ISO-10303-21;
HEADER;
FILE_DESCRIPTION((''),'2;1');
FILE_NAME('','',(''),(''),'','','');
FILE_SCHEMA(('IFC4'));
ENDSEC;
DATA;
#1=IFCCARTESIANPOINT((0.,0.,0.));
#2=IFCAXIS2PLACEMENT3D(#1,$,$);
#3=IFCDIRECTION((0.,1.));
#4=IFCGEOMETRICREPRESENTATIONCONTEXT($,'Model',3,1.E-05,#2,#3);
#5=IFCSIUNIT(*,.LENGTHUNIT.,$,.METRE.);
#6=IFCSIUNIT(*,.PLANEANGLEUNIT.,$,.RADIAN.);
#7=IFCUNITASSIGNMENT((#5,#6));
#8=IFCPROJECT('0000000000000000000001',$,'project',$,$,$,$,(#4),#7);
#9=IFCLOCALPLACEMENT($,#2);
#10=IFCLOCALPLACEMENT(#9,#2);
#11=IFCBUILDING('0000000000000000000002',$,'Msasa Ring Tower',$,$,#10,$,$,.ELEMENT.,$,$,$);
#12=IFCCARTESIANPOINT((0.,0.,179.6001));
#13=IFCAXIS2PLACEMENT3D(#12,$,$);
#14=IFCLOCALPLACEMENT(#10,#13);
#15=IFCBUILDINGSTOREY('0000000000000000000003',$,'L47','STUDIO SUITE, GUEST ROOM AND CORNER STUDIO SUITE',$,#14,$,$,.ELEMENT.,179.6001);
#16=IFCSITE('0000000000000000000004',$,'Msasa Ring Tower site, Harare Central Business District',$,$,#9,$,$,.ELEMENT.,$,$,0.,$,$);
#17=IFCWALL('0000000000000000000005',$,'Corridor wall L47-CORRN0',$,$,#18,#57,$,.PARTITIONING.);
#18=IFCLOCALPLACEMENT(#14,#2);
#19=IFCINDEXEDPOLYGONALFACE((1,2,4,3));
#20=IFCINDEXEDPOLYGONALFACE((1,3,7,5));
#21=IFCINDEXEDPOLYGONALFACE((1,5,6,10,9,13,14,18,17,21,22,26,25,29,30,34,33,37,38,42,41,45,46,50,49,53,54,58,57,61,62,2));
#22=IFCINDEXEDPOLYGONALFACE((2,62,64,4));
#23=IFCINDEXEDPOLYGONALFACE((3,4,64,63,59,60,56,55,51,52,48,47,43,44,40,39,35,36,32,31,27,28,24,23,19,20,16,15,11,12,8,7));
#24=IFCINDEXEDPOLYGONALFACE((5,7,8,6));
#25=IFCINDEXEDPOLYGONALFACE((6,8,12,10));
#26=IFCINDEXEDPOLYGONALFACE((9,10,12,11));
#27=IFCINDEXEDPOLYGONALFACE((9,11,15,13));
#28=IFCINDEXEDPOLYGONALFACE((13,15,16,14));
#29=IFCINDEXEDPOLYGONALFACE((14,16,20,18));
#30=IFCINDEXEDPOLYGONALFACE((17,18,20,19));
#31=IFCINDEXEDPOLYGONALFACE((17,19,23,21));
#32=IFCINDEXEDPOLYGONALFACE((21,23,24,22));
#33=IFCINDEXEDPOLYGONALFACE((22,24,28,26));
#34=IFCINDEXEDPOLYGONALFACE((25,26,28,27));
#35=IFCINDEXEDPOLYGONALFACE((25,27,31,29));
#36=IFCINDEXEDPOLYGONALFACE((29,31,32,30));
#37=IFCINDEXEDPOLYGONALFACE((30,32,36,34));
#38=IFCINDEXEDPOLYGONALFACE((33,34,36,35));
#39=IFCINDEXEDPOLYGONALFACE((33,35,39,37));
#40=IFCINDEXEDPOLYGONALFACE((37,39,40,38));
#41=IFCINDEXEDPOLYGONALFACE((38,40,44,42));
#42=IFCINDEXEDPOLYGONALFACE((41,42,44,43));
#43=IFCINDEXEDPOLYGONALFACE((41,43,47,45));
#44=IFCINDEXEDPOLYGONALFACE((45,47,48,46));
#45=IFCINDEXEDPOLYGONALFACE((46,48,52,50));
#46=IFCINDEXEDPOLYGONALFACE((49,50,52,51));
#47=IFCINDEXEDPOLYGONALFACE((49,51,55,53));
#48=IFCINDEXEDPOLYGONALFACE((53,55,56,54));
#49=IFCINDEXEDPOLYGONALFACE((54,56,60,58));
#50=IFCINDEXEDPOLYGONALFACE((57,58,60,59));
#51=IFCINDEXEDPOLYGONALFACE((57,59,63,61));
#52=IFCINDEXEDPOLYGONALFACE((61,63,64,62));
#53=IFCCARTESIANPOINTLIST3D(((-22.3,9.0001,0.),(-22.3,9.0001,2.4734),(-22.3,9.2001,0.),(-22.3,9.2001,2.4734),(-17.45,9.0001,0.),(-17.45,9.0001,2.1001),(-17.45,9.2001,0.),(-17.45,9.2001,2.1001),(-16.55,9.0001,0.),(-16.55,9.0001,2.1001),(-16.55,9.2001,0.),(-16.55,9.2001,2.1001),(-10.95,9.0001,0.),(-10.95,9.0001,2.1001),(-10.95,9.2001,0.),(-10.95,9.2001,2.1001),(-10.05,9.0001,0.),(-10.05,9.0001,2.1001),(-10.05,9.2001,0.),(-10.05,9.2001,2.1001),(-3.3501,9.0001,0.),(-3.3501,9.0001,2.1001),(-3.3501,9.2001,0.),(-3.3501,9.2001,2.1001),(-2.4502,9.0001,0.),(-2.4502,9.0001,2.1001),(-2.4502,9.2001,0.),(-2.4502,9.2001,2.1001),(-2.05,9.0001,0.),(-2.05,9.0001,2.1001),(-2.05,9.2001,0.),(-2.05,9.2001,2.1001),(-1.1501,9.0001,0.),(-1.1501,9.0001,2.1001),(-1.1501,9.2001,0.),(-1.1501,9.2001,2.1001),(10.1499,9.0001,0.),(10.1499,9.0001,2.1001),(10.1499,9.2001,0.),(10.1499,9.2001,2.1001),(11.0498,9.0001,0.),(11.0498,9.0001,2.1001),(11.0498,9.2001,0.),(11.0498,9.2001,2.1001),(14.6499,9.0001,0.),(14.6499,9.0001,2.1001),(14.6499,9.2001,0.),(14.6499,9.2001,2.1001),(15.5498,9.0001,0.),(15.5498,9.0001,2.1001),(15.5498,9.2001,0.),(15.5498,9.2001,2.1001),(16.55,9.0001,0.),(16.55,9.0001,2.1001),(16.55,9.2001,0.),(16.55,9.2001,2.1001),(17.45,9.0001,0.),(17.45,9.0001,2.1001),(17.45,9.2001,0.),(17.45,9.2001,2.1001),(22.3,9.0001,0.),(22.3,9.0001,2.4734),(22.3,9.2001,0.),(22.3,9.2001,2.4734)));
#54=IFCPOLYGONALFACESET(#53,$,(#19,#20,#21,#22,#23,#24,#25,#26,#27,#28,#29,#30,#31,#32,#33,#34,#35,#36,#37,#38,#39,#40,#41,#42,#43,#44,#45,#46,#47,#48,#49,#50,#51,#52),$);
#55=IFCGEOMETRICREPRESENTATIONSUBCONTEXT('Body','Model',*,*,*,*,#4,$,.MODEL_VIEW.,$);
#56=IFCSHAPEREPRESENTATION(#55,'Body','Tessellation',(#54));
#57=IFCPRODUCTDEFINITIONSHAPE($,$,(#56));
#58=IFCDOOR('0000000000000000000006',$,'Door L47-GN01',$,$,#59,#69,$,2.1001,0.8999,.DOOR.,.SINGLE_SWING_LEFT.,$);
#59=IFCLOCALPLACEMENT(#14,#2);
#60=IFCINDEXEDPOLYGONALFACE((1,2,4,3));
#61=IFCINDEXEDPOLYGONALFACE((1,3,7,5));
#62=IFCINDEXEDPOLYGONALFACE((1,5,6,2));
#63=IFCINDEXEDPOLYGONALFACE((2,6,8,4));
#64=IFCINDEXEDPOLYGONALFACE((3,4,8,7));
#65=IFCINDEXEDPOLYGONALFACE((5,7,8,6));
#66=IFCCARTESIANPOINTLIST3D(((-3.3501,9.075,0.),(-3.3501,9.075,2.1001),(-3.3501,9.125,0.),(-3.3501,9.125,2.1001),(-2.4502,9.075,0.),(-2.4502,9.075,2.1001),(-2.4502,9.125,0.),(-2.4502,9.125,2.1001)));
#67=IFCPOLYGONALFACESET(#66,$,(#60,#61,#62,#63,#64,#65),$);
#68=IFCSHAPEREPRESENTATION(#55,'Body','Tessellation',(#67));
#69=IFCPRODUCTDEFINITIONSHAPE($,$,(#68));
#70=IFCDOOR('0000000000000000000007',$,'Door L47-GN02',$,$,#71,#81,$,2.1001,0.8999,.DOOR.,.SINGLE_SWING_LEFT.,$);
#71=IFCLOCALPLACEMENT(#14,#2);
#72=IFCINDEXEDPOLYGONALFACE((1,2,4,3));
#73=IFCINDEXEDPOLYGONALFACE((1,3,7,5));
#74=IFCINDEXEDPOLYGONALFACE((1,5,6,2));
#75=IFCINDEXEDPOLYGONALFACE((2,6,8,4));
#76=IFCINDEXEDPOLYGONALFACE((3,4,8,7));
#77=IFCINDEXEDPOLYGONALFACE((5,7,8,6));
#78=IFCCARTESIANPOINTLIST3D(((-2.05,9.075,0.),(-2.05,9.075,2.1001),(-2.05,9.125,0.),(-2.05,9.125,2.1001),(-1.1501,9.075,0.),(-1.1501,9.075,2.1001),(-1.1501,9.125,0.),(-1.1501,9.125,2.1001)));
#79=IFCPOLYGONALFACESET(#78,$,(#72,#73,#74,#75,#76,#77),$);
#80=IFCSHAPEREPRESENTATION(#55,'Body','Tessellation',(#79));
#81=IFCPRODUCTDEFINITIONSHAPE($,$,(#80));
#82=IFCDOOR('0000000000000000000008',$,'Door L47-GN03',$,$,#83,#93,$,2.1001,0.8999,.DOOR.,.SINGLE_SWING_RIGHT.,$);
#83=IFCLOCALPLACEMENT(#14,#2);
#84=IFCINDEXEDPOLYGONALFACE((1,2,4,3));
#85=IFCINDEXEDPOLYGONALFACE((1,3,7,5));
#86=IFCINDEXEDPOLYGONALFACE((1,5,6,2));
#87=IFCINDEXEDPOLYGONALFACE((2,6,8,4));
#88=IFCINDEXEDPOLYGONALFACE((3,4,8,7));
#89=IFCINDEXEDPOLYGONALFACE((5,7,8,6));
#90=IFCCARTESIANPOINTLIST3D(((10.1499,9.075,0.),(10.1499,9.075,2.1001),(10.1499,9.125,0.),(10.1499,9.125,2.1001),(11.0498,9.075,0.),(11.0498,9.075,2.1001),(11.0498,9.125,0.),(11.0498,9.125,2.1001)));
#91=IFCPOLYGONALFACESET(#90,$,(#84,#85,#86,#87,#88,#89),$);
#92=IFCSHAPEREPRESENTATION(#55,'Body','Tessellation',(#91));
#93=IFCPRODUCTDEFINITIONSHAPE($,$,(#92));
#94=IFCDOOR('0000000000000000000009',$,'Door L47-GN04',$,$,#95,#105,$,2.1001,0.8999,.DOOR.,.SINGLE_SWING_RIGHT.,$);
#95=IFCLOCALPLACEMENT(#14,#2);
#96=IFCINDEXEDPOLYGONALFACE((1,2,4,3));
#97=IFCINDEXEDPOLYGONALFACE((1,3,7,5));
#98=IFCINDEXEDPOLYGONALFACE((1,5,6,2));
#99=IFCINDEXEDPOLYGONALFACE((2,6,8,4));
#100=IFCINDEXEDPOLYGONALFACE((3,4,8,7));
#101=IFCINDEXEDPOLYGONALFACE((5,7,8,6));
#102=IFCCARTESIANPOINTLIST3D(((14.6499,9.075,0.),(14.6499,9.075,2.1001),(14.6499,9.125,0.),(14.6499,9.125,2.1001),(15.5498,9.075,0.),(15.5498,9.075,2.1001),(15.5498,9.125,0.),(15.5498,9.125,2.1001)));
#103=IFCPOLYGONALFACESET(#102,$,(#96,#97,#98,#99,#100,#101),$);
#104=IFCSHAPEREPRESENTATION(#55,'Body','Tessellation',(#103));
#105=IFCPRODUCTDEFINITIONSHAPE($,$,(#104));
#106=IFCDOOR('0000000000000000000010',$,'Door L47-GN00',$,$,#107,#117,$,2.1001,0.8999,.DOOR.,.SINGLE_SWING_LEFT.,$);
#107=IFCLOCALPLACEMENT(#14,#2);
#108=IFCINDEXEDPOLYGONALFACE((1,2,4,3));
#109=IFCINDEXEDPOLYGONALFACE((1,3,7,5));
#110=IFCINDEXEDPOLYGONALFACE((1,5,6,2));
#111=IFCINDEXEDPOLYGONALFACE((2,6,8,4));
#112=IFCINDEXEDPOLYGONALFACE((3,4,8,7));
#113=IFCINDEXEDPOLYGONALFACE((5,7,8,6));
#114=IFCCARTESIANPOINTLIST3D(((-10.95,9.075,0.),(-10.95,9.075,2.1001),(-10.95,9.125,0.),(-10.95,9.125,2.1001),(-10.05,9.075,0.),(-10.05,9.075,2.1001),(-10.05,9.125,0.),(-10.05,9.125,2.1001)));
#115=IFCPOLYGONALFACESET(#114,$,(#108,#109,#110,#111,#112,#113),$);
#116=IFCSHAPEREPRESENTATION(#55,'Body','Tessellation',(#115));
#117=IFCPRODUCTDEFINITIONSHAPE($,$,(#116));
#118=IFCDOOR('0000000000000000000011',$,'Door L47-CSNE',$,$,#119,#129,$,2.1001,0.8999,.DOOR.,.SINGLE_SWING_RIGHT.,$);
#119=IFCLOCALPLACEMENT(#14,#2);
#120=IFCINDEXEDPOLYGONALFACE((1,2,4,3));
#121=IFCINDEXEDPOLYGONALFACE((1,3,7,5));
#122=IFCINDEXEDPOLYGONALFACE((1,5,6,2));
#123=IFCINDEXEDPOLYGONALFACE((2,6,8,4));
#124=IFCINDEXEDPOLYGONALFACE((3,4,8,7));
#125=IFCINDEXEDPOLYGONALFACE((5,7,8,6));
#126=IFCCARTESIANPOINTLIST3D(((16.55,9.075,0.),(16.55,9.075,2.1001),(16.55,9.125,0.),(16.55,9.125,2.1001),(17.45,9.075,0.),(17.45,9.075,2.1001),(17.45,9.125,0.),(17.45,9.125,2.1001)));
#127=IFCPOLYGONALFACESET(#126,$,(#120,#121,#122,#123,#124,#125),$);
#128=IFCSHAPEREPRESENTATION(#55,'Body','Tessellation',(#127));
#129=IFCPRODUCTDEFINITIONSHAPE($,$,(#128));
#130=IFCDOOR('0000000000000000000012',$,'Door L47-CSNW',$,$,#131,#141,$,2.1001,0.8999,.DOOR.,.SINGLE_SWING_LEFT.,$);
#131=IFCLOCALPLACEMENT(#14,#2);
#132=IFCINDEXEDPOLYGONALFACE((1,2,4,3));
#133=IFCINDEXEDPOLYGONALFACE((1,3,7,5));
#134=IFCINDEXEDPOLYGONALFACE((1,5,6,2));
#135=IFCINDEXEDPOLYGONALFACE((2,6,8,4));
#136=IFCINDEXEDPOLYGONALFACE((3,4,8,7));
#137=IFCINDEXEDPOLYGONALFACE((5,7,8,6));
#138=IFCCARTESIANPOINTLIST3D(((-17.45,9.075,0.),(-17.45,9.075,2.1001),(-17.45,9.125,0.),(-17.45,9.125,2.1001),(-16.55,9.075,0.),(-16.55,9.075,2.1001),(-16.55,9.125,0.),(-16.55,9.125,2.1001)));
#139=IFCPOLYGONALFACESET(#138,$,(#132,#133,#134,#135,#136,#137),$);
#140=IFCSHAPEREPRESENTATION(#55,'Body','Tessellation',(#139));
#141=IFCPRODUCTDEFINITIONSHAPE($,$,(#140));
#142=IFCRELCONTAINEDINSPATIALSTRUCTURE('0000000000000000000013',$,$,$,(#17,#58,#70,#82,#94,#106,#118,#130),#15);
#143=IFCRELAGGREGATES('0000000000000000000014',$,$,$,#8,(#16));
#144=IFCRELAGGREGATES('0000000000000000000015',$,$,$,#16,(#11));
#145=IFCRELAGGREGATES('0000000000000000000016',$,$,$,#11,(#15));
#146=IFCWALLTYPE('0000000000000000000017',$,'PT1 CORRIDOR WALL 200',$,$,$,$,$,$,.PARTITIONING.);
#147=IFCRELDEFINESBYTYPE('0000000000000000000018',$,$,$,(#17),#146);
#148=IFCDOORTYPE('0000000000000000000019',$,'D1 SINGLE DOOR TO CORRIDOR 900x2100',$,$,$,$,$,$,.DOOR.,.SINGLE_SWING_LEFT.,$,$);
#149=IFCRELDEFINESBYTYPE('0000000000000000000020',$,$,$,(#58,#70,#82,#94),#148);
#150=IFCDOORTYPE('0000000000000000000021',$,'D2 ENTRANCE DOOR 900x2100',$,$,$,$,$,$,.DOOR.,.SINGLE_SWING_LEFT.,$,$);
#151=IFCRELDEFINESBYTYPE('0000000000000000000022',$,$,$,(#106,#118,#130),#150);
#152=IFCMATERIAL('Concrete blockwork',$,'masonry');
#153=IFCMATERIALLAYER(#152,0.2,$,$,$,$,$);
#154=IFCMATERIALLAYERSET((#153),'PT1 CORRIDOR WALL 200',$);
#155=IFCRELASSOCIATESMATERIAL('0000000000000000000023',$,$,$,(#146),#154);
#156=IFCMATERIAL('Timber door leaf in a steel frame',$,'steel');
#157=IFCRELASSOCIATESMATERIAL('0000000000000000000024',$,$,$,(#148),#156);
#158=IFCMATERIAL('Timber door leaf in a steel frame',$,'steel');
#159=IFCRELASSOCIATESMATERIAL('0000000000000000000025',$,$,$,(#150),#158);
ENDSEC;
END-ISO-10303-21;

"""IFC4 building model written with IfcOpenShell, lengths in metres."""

from ifc_helpers import new_model, si_unit, direction, frame, frame_2d, origin, place, context, subcontext, project, spatial, rectangle, extrude, material, layer, layer_set, type_object, element, fill, save


model = new_model("IFC4")

# Units and contexts
model_context = context("Model", 3, precision=1e-05, world=origin(), true_north=direction((0.0, 1.0)))
body_context = subcontext(model_context, "Body", "Model", "MODEL_VIEW")
ifc_project = project(units=[si_unit("LENGTHUNIT", "METRE"), si_unit("PLANEANGLEUNIT", "RADIAN")], contexts=[model_context])

# Site, building, storey
site_placement = place(None, origin())
site = spatial("IfcSite", under=ifc_project, at=site_placement, Name="Msasa Ring Tower site, Harare Central Business District", CompositionType="ELEMENT", RefElevation=0.0)
building_placement = place(site_placement, origin())
building = spatial("IfcBuilding", under=site, at=building_placement, Name="Msasa Ring Tower", CompositionType="ELEMENT")
storey_placement = place(building_placement, frame((0.0, 0.0, 179.6001)))
storey = spatial("IfcBuildingStorey", under=building, at=storey_placement, Name="L47", Description="STUDIO SUITE, GUEST ROOM AND CORNER STUDIO SUITE", CompositionType="ELEMENT", Elevation=179.6001)

# Wall, openings, doors
ifc_material_1 = material(Name="Concrete blockwork", Category="masonry")
ifc_layer_1 = layer(ifc_material_1, 0.2)
ifc_layer_set_1 = layer_set([ifc_layer_1], Name="PT1 CORRIDOR WALL 200")
wall_type_1 = type_object("IfcWallType", Name="PT1 CORRIDOR WALL 200", PredefinedType="PARTITIONING", material=ifc_layer_set_1)
wall_1_placement = place(storey_placement, frame((-22.3, 9.1001, 0.0), z_axis=(0.0, 0.0, 1.0), x_axis=(1.0, 0.0, 0.0)))
wall_1 = element("IfcWall", 1, at=wall_1_placement, inside=storey, type_object=wall_type_1, Name="Corridor wall L47-CORRN0", PredefinedType="PARTITIONING", context=body_context, shape_type="SweptSolid", body=[
    extrude(rectangle(XDim=44.6001, YDim=0.2, at=frame_2d((22.3, 0.0))), origin(), (0.0, 0.0, 1.0), 2.4734),
])
opening_1_placement = place(wall_1_placement, frame((11.3501, 0.0, 0.0)))
opening_1 = element("IfcOpeningElement", 2, at=opening_1_placement, cuts=wall_1, PredefinedType="OPENING", context=body_context, shape_type="SweptSolid", body=[
    extrude(rectangle(XDim=0.8999, YDim=2.1001, at=frame_2d((0.45, 1.05))), frame((0.0, 0.1099, 0.0), z_axis=(0.0, -1.0, 0.0), x_axis=(1.0, 0.0, 0.0)), (0.0, 0.0, 1.0), 0.22),
])
opening_2_placement = place(wall_1_placement, frame((18.95, 0.0, 0.0)))
opening_2 = element("IfcOpeningElement", 3, at=opening_2_placement, cuts=wall_1, PredefinedType="OPENING", context=body_context, shape_type="SweptSolid", body=[
    extrude(rectangle(XDim=0.8999, YDim=2.1001, at=frame_2d((0.45, 1.05))), frame((0.0, 0.1099, 0.0), z_axis=(0.0, -1.0, 0.0), x_axis=(1.0, 0.0, 0.0)), (0.0, 0.0, 1.0), 0.22),
])
opening_3_placement = place(wall_1_placement, frame((20.25, 0.0, 0.0)))
opening_3 = element("IfcOpeningElement", 4, at=opening_3_placement, cuts=wall_1, PredefinedType="OPENING", context=body_context, shape_type="SweptSolid", body=[
    extrude(rectangle(XDim=0.8999, YDim=2.1001, at=frame_2d((0.45, 1.05))), frame((0.0, 0.1099, 0.0), z_axis=(0.0, -1.0, 0.0), x_axis=(1.0, 0.0, 0.0)), (0.0, 0.0, 1.0), 0.22),
])
opening_4_placement = place(wall_1_placement, frame((32.45, 0.0, 0.0)))
opening_4 = element("IfcOpeningElement", 5, at=opening_4_placement, cuts=wall_1, PredefinedType="OPENING", context=body_context, shape_type="SweptSolid", body=[
    extrude(rectangle(XDim=0.8999, YDim=2.1001, at=frame_2d((0.45, 1.05))), frame((0.0, 0.1099, 0.0), z_axis=(0.0, -1.0, 0.0), x_axis=(1.0, 0.0, 0.0)), (0.0, 0.0, 1.0), 0.22),
])
opening_5_placement = place(wall_1_placement, frame((36.95, 0.0, 0.0)))
opening_5 = element("IfcOpeningElement", 6, at=opening_5_placement, cuts=wall_1, PredefinedType="OPENING", context=body_context, shape_type="SweptSolid", body=[
    extrude(rectangle(XDim=0.8999, YDim=2.1001, at=frame_2d((0.45, 1.05))), frame((0.0, 0.1099, 0.0), z_axis=(0.0, -1.0, 0.0), x_axis=(1.0, 0.0, 0.0)), (0.0, 0.0, 1.0), 0.22),
])
opening_6_placement = place(wall_1_placement, frame((38.8501, 0.0, 0.0)))
opening_6 = element("IfcOpeningElement", 7, at=opening_6_placement, cuts=wall_1, PredefinedType="OPENING", context=body_context, shape_type="SweptSolid", body=[
    extrude(rectangle(XDim=0.8999, YDim=2.1001, at=frame_2d((0.45, 1.05))), frame((0.0, 0.1099, 0.0), z_axis=(0.0, -1.0, 0.0), x_axis=(1.0, 0.0, 0.0)), (0.0, 0.0, 1.0), 0.22),
])
opening_7_placement = place(wall_1_placement, frame((4.8501, 0.0, 0.0)))
opening_7 = element("IfcOpeningElement", 8, at=opening_7_placement, cuts=wall_1, PredefinedType="OPENING", context=body_context, shape_type="SweptSolid", body=[
    extrude(rectangle(XDim=0.8999, YDim=2.1001, at=frame_2d((0.45, 1.05))), frame((0.0, 0.1099, 0.0), z_axis=(0.0, -1.0, 0.0), x_axis=(1.0, 0.0, 0.0)), (0.0, 0.0, 1.0), 0.22),
])
ifc_material_2 = material(Name="Timber door leaf in a steel frame", Category="steel")
door_type_1 = type_object("IfcDoorType", Name="D1 SINGLE DOOR TO CORRIDOR 900x2100", OperationType="SINGLE_SWING_LEFT", PredefinedType="DOOR", material=ifc_material_2)
door_1_placement = place(opening_2_placement, origin())
door_1 = element("IfcDoor", 9, at=door_1_placement, inside=storey, type_object=door_type_1, Name="Door L47-GN01", OperationType="SINGLE_SWING_LEFT", OverallHeight=2.1001, OverallWidth=0.8999, PredefinedType="DOOR", context=body_context, shape_type="SweptSolid", body=[
    extrude(rectangle(XDim=0.8999, YDim=2.1001, at=frame_2d((0.45, 1.05))), frame((0.0, 0.0249, 0.0), z_axis=(0.0, -1.0, 0.0), x_axis=(1.0, 0.0, 0.0)), (0.0, 0.0, 1.0), 0.05),
])
fill(opening_2, door_1)
door_2_placement = place(opening_3_placement, origin())
door_2 = element("IfcDoor", 10, at=door_2_placement, inside=storey, type_object=door_type_1, Name="Door L47-GN02", OperationType="SINGLE_SWING_LEFT", OverallHeight=2.1001, OverallWidth=0.8999, PredefinedType="DOOR", context=body_context, shape_type="SweptSolid", body=[
    extrude(rectangle(XDim=0.8999, YDim=2.1001, at=frame_2d((0.45, 1.05))), frame((0.0, 0.0249, 0.0), z_axis=(0.0, -1.0, 0.0), x_axis=(1.0, 0.0, 0.0)), (0.0, 0.0, 1.0), 0.05),
])
fill(opening_3, door_2)
door_3_placement = place(opening_4_placement, origin())
door_3 = element("IfcDoor", 11, at=door_3_placement, inside=storey, type_object=door_type_1, Name="Door L47-GN03", OperationType="SINGLE_SWING_RIGHT", OverallHeight=2.1001, OverallWidth=0.8999, PredefinedType="DOOR", context=body_context, shape_type="SweptSolid", body=[
    extrude(rectangle(XDim=0.8999, YDim=2.1001, at=frame_2d((0.45, 1.05))), frame((0.0, 0.0249, 0.0), z_axis=(0.0, -1.0, 0.0), x_axis=(1.0, 0.0, 0.0)), (0.0, 0.0, 1.0), 0.05),
])
fill(opening_4, door_3)
door_4_placement = place(opening_5_placement, origin())
door_4 = element("IfcDoor", 12, at=door_4_placement, inside=storey, type_object=door_type_1, Name="Door L47-GN04", OperationType="SINGLE_SWING_RIGHT", OverallHeight=2.1001, OverallWidth=0.8999, PredefinedType="DOOR", context=body_context, shape_type="SweptSolid", body=[
    extrude(rectangle(XDim=0.8999, YDim=2.1001, at=frame_2d((0.45, 1.05))), frame((0.0, 0.0249, 0.0), z_axis=(0.0, -1.0, 0.0), x_axis=(1.0, 0.0, 0.0)), (0.0, 0.0, 1.0), 0.05),
])
fill(opening_5, door_4)
ifc_material_3 = material(Name="Timber door leaf in a steel frame", Category="steel")
door_type_2 = type_object("IfcDoorType", Name="D2 ENTRANCE DOOR 900x2100", OperationType="SINGLE_SWING_LEFT", PredefinedType="DOOR", material=ifc_material_3)
door_5_placement = place(opening_1_placement, origin())
door_5 = element("IfcDoor", 13, at=door_5_placement, inside=storey, type_object=door_type_2, Name="Door L47-GN00", OperationType="SINGLE_SWING_LEFT", OverallHeight=2.1001, OverallWidth=0.8999, PredefinedType="DOOR", context=body_context, shape_type="SweptSolid", body=[
    extrude(rectangle(XDim=0.8999, YDim=2.1001, at=frame_2d((0.45, 1.05))), frame((0.0, 0.0249, 0.0), z_axis=(0.0, -1.0, 0.0), x_axis=(1.0, 0.0, 0.0)), (0.0, 0.0, 1.0), 0.05),
])
fill(opening_1, door_5)
door_6_placement = place(opening_6_placement, origin())
door_6 = element("IfcDoor", 14, at=door_6_placement, inside=storey, type_object=door_type_2, Name="Door L47-CSNE", OperationType="SINGLE_SWING_RIGHT", OverallHeight=2.1001, OverallWidth=0.8999, PredefinedType="DOOR", context=body_context, shape_type="SweptSolid", body=[
    extrude(rectangle(XDim=0.8999, YDim=2.1001, at=frame_2d((0.45, 1.05))), frame((0.0, 0.0249, 0.0), z_axis=(0.0, -1.0, 0.0), x_axis=(1.0, 0.0, 0.0)), (0.0, 0.0, 1.0), 0.05),
])
fill(opening_6, door_6)
door_7_placement = place(opening_7_placement, origin())
door_7 = element("IfcDoor", 15, at=door_7_placement, inside=storey, type_object=door_type_2, Name="Door L47-CSNW", OperationType="SINGLE_SWING_LEFT", OverallHeight=2.1001, OverallWidth=0.8999, PredefinedType="DOOR", context=body_context, shape_type="SweptSolid", body=[
    extrude(rectangle(XDim=0.8999, YDim=2.1001, at=frame_2d((0.45, 1.05))), frame((0.0, 0.0249, 0.0), z_axis=(0.0, -1.0, 0.0), x_axis=(1.0, 0.0, 0.0)), (0.0, 0.0, 1.0), 0.05),
])
fill(opening_7, door_7)

save(model, "model.ifc")
